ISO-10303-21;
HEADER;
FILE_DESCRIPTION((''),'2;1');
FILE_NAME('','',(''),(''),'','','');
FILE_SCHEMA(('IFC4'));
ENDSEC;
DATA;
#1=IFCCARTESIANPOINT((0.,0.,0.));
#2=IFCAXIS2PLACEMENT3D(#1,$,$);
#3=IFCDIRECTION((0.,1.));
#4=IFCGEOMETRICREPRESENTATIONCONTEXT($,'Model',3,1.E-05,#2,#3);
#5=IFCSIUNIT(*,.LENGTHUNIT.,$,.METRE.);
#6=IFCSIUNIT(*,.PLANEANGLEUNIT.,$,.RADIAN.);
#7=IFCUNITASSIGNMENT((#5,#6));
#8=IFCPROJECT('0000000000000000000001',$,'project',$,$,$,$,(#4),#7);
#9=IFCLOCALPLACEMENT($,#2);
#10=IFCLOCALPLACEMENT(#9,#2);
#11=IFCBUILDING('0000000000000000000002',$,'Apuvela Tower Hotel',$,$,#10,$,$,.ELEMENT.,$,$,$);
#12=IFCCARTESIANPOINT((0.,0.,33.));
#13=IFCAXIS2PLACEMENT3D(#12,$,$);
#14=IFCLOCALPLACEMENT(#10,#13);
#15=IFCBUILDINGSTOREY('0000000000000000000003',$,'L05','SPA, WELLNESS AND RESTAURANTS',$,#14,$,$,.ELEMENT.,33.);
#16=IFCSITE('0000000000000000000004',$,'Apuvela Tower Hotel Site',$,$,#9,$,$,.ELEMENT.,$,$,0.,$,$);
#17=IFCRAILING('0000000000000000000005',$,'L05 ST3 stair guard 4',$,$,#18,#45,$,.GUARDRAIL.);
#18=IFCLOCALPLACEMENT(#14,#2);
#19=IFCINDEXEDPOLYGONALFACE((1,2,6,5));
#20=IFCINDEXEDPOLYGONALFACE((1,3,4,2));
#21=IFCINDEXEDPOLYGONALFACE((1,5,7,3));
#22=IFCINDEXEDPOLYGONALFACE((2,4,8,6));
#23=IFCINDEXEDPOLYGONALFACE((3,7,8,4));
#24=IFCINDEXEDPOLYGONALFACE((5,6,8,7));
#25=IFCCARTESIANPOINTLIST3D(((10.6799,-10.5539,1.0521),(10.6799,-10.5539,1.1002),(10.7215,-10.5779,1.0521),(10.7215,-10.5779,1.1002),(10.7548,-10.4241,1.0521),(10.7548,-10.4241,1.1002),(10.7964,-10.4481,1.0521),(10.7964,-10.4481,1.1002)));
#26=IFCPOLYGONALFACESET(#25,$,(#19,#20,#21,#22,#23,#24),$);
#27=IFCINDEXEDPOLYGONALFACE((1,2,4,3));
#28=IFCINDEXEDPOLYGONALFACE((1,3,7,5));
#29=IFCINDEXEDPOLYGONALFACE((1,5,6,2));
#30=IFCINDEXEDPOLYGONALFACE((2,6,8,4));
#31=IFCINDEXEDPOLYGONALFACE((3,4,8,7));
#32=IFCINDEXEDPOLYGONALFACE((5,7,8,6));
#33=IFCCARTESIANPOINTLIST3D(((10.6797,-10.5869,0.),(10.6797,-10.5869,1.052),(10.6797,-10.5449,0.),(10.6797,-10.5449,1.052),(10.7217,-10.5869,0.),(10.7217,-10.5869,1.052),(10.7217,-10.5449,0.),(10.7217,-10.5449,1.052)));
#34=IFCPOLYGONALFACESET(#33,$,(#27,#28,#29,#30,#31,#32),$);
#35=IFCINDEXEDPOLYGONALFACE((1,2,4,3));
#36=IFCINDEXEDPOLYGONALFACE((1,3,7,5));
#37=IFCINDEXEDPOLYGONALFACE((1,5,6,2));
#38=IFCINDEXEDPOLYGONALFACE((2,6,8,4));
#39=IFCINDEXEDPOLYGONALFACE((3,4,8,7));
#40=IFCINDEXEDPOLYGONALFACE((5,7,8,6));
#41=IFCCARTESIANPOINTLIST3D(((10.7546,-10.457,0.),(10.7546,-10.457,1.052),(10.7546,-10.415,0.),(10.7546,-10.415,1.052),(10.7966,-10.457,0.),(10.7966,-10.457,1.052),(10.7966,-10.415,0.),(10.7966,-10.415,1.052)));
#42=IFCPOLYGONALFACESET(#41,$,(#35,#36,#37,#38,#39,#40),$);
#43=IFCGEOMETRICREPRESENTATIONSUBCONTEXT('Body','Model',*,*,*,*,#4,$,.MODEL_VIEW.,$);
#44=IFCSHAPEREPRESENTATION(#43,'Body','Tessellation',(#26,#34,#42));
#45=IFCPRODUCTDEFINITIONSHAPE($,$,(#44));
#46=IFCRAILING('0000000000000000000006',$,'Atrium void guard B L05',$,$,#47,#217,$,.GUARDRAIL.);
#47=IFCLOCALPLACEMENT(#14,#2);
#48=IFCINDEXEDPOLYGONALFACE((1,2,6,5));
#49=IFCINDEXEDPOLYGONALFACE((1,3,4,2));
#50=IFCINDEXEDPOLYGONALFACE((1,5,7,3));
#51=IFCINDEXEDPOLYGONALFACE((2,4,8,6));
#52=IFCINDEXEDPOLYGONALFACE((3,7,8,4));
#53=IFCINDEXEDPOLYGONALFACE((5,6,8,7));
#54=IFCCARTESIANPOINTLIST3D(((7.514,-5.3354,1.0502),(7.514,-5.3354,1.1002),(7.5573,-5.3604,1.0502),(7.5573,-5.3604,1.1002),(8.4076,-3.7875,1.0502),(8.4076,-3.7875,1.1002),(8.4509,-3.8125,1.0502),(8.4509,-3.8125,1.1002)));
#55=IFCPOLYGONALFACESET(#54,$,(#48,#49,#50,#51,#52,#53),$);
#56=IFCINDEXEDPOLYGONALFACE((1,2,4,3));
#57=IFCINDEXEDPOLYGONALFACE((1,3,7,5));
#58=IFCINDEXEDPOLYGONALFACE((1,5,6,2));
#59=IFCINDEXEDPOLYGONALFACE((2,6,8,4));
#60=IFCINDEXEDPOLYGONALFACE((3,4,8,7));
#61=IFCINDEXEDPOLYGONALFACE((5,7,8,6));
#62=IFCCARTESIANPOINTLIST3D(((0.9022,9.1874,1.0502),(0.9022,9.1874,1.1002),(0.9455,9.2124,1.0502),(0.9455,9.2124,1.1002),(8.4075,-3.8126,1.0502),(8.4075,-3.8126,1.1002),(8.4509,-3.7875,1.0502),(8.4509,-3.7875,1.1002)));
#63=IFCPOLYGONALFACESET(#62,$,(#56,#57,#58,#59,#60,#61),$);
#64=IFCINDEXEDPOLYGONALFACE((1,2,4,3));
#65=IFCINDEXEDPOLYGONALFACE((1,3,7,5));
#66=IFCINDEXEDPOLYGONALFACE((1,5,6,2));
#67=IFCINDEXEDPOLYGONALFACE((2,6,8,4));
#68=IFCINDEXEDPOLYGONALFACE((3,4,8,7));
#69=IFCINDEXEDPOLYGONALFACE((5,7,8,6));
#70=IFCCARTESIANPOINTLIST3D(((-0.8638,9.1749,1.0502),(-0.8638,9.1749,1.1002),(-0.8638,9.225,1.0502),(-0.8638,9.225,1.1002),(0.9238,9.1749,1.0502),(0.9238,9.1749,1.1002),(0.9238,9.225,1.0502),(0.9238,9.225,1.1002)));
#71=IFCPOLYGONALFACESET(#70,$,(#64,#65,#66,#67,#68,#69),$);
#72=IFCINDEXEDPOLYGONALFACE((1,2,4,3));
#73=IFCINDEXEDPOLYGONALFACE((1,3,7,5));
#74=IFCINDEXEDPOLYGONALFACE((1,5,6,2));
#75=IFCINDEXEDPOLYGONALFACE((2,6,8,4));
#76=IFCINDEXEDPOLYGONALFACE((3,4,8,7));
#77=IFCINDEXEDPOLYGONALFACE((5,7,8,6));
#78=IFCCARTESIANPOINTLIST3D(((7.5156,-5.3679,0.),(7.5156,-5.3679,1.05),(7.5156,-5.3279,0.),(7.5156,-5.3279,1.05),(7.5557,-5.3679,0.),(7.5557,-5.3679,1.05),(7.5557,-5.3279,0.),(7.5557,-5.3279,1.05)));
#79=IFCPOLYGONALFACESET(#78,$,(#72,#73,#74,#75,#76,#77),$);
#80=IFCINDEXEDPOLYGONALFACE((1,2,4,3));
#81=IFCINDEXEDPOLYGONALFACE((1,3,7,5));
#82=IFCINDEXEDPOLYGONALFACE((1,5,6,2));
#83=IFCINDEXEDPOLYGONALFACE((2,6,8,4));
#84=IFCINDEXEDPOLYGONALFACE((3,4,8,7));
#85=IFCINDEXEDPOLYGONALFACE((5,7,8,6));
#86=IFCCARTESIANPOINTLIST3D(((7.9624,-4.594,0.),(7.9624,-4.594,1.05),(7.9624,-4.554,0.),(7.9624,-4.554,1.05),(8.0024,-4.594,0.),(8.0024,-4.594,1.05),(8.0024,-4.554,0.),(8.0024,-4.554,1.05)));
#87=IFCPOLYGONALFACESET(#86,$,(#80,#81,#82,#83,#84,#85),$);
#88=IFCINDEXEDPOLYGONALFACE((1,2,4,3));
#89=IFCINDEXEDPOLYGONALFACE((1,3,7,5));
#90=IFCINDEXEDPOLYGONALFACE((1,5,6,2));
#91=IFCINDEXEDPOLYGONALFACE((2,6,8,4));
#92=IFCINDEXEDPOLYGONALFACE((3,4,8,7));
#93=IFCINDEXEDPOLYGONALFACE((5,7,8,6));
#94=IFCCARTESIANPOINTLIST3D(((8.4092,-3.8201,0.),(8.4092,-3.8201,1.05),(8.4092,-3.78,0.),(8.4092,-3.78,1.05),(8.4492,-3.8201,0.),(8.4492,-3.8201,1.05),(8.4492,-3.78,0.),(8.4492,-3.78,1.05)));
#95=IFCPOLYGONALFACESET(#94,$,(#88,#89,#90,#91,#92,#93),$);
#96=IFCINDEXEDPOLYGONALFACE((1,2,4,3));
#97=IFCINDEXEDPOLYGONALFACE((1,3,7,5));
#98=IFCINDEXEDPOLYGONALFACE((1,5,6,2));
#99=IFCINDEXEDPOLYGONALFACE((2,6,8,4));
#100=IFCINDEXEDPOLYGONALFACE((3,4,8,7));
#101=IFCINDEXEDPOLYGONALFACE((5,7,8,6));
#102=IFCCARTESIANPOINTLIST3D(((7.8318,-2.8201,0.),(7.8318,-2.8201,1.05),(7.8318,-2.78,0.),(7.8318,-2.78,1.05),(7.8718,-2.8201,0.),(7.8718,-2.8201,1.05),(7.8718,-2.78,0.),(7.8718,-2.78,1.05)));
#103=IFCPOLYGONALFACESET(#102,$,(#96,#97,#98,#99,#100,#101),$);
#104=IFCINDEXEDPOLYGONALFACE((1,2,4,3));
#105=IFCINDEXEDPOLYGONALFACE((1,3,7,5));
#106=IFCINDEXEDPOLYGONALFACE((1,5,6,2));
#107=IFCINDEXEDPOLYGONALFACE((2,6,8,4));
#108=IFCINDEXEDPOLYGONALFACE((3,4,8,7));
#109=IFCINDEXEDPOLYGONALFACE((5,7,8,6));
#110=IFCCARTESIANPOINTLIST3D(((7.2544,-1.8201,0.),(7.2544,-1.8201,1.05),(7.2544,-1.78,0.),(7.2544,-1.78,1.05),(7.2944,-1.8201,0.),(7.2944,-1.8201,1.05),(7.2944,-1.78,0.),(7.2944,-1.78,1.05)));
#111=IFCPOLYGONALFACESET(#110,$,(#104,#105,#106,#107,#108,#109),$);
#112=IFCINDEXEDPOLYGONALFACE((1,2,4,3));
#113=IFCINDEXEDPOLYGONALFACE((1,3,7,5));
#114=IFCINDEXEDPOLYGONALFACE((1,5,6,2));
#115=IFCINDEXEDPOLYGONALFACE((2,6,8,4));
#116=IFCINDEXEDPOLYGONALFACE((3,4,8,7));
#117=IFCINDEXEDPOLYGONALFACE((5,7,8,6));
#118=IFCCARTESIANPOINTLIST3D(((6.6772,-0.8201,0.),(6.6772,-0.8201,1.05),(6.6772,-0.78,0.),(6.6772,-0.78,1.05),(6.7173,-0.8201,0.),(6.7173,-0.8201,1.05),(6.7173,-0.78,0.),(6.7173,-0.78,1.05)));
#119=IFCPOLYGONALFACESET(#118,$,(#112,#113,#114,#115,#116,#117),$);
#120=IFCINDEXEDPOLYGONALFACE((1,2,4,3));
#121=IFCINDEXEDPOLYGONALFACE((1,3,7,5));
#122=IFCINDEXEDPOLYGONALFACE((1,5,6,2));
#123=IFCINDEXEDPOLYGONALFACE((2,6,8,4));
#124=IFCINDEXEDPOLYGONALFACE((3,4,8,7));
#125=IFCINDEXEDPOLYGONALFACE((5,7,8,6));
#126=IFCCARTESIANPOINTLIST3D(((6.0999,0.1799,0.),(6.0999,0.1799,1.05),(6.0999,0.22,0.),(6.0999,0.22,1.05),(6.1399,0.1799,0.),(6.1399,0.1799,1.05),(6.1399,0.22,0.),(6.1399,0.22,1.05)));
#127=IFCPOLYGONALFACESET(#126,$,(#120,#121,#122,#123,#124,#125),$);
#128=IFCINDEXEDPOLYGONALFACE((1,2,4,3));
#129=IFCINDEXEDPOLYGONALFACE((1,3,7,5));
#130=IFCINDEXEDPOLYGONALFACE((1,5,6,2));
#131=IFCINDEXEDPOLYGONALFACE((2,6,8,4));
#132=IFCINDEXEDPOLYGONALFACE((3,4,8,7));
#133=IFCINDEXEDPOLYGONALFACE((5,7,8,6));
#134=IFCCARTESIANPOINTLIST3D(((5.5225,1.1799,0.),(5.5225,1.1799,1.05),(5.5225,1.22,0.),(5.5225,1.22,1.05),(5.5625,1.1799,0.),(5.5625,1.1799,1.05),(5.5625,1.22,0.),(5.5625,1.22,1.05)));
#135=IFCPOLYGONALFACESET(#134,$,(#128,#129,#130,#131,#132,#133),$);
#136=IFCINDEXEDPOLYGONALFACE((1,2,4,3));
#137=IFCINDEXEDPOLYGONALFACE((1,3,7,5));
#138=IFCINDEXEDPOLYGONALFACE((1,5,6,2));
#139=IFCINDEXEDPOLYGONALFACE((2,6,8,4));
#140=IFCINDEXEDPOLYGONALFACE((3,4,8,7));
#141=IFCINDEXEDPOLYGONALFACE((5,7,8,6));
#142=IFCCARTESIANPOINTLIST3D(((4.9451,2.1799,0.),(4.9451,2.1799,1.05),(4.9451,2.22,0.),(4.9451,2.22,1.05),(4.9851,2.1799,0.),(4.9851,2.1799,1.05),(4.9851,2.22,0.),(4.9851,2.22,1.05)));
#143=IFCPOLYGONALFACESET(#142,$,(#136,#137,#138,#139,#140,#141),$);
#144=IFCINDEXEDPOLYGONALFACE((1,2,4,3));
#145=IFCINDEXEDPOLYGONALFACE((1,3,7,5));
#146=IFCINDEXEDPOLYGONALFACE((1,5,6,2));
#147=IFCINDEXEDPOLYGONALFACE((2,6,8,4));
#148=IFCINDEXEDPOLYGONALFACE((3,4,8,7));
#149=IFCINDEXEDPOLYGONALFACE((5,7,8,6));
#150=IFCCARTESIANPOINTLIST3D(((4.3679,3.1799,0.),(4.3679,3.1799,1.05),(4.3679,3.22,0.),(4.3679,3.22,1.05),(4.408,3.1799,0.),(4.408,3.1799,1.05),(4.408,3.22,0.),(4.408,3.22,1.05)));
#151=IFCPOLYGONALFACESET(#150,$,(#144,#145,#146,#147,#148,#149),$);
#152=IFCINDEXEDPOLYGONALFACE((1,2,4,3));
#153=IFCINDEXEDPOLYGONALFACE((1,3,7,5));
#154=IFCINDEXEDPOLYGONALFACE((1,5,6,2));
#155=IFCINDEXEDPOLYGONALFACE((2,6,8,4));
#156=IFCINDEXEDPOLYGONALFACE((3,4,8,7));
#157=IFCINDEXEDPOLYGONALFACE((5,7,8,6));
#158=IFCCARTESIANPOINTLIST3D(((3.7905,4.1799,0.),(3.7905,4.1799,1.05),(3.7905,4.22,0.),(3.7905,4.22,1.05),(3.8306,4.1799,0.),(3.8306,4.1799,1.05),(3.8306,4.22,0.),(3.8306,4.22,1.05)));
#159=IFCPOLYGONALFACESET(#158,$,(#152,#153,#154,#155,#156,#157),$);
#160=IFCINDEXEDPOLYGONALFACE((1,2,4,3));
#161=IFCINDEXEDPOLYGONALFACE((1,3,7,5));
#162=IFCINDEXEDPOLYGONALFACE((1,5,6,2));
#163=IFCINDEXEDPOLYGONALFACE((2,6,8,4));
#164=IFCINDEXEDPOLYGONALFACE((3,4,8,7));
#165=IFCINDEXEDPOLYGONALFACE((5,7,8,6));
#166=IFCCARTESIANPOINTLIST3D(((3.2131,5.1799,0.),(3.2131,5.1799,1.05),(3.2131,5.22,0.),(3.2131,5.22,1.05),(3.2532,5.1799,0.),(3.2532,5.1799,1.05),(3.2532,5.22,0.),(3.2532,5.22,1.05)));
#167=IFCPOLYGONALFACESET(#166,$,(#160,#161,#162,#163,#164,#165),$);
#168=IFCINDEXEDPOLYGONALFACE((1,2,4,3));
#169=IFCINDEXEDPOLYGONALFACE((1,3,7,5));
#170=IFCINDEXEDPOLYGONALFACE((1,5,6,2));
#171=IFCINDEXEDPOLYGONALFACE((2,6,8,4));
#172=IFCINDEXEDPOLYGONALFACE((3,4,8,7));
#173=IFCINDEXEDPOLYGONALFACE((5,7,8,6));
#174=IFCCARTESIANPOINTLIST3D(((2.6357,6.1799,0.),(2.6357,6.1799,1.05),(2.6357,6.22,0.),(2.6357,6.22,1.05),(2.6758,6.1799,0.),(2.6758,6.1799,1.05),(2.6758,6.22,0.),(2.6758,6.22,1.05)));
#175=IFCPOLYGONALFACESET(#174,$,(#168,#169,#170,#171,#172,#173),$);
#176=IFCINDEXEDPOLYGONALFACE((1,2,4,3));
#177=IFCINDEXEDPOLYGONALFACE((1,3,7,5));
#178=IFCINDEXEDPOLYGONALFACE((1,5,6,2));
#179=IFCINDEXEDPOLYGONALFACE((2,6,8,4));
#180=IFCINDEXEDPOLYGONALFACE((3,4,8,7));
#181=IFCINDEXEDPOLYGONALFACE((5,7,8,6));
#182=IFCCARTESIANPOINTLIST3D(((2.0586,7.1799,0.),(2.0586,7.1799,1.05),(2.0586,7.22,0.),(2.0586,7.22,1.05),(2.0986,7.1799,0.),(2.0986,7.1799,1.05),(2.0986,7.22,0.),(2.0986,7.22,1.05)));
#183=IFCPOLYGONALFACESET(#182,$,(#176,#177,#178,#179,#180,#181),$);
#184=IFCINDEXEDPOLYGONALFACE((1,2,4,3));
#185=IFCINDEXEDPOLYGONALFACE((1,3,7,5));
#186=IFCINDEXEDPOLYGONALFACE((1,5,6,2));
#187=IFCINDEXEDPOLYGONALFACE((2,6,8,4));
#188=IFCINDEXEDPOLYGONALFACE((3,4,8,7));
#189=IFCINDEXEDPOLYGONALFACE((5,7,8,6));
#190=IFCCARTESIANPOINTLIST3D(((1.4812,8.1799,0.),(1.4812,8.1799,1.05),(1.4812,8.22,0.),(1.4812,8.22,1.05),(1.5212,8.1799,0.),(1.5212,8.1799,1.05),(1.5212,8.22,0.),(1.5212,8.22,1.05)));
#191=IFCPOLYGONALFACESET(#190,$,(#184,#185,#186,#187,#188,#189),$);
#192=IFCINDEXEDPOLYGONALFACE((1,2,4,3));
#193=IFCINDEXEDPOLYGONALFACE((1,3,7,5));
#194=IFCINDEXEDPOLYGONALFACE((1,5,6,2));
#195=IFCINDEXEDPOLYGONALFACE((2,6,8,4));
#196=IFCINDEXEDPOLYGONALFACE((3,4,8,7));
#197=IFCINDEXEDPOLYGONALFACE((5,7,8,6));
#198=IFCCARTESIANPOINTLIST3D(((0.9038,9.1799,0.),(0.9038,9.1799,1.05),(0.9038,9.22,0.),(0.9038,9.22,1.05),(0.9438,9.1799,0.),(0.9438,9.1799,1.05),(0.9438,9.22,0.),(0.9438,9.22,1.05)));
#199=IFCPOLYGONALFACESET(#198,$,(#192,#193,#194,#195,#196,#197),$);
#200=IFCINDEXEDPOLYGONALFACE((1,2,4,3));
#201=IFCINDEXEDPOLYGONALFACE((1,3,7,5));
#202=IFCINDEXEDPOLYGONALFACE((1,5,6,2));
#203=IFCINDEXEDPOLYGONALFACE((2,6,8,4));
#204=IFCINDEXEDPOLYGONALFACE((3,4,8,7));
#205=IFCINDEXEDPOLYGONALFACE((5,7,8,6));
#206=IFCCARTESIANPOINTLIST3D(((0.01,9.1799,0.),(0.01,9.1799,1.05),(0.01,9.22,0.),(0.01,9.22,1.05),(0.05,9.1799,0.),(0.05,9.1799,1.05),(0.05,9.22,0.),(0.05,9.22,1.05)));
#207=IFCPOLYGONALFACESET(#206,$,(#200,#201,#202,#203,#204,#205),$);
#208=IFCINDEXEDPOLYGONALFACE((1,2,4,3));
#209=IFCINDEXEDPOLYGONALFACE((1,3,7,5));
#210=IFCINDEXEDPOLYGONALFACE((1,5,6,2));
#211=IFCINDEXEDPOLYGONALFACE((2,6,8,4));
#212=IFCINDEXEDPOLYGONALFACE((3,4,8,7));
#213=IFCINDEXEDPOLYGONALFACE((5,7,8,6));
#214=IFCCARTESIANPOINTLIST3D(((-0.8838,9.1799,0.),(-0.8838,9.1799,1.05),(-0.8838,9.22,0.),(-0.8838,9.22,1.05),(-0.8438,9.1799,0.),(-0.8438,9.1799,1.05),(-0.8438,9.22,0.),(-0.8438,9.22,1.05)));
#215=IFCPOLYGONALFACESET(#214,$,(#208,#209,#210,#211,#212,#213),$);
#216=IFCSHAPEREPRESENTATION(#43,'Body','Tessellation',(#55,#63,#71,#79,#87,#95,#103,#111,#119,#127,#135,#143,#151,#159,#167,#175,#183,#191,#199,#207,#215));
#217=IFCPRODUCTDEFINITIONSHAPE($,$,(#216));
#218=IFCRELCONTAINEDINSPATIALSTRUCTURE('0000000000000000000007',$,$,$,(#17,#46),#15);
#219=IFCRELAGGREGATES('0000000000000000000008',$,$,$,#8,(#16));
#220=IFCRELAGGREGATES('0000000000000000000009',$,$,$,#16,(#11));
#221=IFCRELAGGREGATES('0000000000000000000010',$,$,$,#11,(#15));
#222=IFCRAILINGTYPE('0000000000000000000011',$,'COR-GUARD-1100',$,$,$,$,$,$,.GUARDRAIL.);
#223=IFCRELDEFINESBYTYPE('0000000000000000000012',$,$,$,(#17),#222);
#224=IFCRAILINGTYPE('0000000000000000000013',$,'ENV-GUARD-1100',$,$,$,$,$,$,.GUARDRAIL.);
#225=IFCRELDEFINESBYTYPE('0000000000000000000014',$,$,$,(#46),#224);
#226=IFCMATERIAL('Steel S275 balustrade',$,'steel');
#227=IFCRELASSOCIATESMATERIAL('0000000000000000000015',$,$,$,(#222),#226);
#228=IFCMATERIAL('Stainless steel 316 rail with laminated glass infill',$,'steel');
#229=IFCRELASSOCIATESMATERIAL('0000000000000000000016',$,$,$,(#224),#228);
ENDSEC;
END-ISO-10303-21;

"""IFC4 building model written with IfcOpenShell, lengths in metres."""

from ifc_helpers import new_model, si_unit, direction, frame, origin, origin_2d, place, context, subcontext, project, spatial, rectangle, extrude, material, type_object, element, save


model = new_model("IFC4")

# Units and contexts
model_context = context("Model", 3, precision=1e-05, world=origin(), true_north=direction((0.0, 1.0)))
body_context = subcontext(model_context, "Body", "Model", "MODEL_VIEW")
ifc_project = project(units=[si_unit("LENGTHUNIT", "METRE"), si_unit("PLANEANGLEUNIT", "RADIAN")], contexts=[model_context])

# Site, building, storey
site_placement = place(None, origin())
site = spatial("IfcSite", under=ifc_project, at=site_placement, Name="Apuvela Tower Hotel Site", CompositionType="ELEMENT", RefElevation=0.0)
building_placement = place(site_placement, origin())
building = spatial("IfcBuilding", under=site, at=building_placement, Name="Apuvela Tower Hotel", CompositionType="ELEMENT")
storey_placement = place(building_placement, frame((0.0, 0.0, 33.0)))
storey = spatial("IfcBuildingStorey", under=building, at=storey_placement, Name="L05", Description="SPA, WELLNESS AND RESTAURANTS", CompositionType="ELEMENT", Elevation=33.0)

# Railings
ifc_material_1 = material(Name="Steel S275 balustrade", Category="steel")
railing_type_1 = type_object("IfcRailingType", Name="COR-GUARD-1100", PredefinedType="GUARDRAIL", material=ifc_material_1)
railing_1_placement = place(storey_placement, frame((10.7007, -10.5659, 0.0)))
element("IfcRailing", 1, at=railing_1_placement, inside=storey, type_object=railing_type_1, Name="L05 ST3 stair guard 4", PredefinedType="GUARDRAIL", context=body_context, shape_type="SweptSolid", body=[
    extrude(rectangle(XDim=0.0481, YDim=0.0481, at=origin_2d()), frame((0.0, 0.0, 1.0762), z_axis=(0.499816, 0.866131, 0.0), x_axis=(-0.866131, 0.499816, 0.0)), (0.0, 0.0, 1.0), 0.1499),
    extrude(rectangle(XDim=0.042, YDim=0.042, at=origin_2d()), origin(), (0.0, 0.0, 1.0), 1.052),
    extrude(rectangle(XDim=0.042, YDim=0.042, at=origin_2d()), frame((0.075, 0.1299, 0.0)), (0.0, 0.0, 1.0), 1.052),
])
ifc_material_2 = material(Name="Stainless steel 316 rail with laminated glass infill", Category="steel")
railing_type_2 = type_object("IfcRailingType", Name="ENV-GUARD-1100", PredefinedType="GUARDRAIL", material=ifc_material_2)
railing_2_placement = place(storey_placement, frame((7.5356, -5.3479, 0.0)))
element("IfcRailing", 2, at=railing_2_placement, inside=storey, type_object=railing_type_2, Name="Atrium void guard B L05", PredefinedType="GUARDRAIL", context=body_context, shape_type="SweptSolid", body=[
    extrude(rectangle(XDim=0.05, YDim=0.05, at=origin_2d()), frame((0.0, 0.0, 1.0752), z_axis=(0.499959, 0.866049, 0.0), x_axis=(-0.866049, 0.499959, 0.0)), (0.0, 0.0, 1.0), 1.7874),
    extrude(rectangle(XDim=0.05, YDim=0.05, at=origin_2d()), frame((0.8936, 1.5479, 1.0752), z_axis=(-0.499991, 0.866031, 0.0), x_axis=(-0.866031, -0.499991, 0.0)), (0.0, 0.0, 1.0), 15.011),
    extrude(rectangle(XDim=0.05, YDim=0.05, at=origin_2d()), frame((-6.6118, 14.5479, 1.0752), z_axis=(-1.0, 0.0, 0.0), x_axis=(0.0, -1.0, 0.0)), (0.0, 0.0, 1.0), 1.7876),
    extrude(rectangle(XDim=0.04, YDim=0.04, at=origin_2d()), origin(), (0.0, 0.0, 1.0), 1.05),
    extrude(rectangle(XDim=0.04, YDim=0.04, at=origin_2d()), frame((0.4468, 0.7739, 0.0)), (0.0, 0.0, 1.0), 1.05),
    extrude(rectangle(XDim=0.04, YDim=0.04, at=origin_2d()), frame((0.8936, 1.5479, 0.0)), (0.0, 0.0, 1.0), 1.05),
    extrude(rectangle(XDim=0.04, YDim=0.04, at=origin_2d()), frame((0.3162, 2.5479, 0.0)), (0.0, 0.0, 1.0), 1.05),
    extrude(rectangle(XDim=0.04, YDim=0.04, at=origin_2d()), frame((-0.2612, 3.5479, 0.0)), (0.0, 0.0, 1.0), 1.05),
    extrude(rectangle(XDim=0.04, YDim=0.04, at=origin_2d()), frame((-0.8384, 4.5479, 0.0)), (0.0, 0.0, 1.0), 1.05),
    extrude(rectangle(XDim=0.04, YDim=0.04, at=origin_2d()), frame((-1.4158, 5.5479, 0.0)), (0.0, 0.0, 1.0), 1.05),
    extrude(rectangle(XDim=0.04, YDim=0.04, at=origin_2d()), frame((-1.9932, 6.5479, 0.0)), (0.0, 0.0, 1.0), 1.05),
    extrude(rectangle(XDim=0.04, YDim=0.04, at=origin_2d()), frame((-2.5706, 7.5479, 0.0)), (0.0, 0.0, 1.0), 1.05),
    extrude(rectangle(XDim=0.04, YDim=0.04, at=origin_2d()), frame((-3.1477, 8.5479, 0.0)), (0.0, 0.0, 1.0), 1.05),
    extrude(rectangle(XDim=0.04, YDim=0.04, at=origin_2d()), frame((-3.7251, 9.5479, 0.0)), (0.0, 0.0, 1.0), 1.05),
    extrude(rectangle(XDim=0.04, YDim=0.04, at=origin_2d()), frame((-4.3025, 10.5479, 0.0)), (0.0, 0.0, 1.0), 1.05),
    extrude(rectangle(XDim=0.04, YDim=0.04, at=origin_2d()), frame((-4.8799, 11.5479, 0.0)), (0.0, 0.0, 1.0), 1.05),
    extrude(rectangle(XDim=0.04, YDim=0.04, at=origin_2d()), frame((-5.457, 12.5479, 0.0)), (0.0, 0.0, 1.0), 1.05),
    extrude(rectangle(XDim=0.04, YDim=0.04, at=origin_2d()), frame((-6.0344, 13.5479, 0.0)), (0.0, 0.0, 1.0), 1.05),
    extrude(rectangle(XDim=0.04, YDim=0.04, at=origin_2d()), frame((-6.6118, 14.5479, 0.0)), (0.0, 0.0, 1.0), 1.05),
    extrude(rectangle(XDim=0.04, YDim=0.04, at=origin_2d()), frame((-7.5056, 14.5479, 0.0)), (0.0, 0.0, 1.0), 1.05),
    extrude(rectangle(XDim=0.04, YDim=0.04, at=origin_2d()), frame((-8.3994, 14.5479, 0.0)), (0.0, 0.0, 1.0), 1.05),
])

save(model, "model.ifc")
